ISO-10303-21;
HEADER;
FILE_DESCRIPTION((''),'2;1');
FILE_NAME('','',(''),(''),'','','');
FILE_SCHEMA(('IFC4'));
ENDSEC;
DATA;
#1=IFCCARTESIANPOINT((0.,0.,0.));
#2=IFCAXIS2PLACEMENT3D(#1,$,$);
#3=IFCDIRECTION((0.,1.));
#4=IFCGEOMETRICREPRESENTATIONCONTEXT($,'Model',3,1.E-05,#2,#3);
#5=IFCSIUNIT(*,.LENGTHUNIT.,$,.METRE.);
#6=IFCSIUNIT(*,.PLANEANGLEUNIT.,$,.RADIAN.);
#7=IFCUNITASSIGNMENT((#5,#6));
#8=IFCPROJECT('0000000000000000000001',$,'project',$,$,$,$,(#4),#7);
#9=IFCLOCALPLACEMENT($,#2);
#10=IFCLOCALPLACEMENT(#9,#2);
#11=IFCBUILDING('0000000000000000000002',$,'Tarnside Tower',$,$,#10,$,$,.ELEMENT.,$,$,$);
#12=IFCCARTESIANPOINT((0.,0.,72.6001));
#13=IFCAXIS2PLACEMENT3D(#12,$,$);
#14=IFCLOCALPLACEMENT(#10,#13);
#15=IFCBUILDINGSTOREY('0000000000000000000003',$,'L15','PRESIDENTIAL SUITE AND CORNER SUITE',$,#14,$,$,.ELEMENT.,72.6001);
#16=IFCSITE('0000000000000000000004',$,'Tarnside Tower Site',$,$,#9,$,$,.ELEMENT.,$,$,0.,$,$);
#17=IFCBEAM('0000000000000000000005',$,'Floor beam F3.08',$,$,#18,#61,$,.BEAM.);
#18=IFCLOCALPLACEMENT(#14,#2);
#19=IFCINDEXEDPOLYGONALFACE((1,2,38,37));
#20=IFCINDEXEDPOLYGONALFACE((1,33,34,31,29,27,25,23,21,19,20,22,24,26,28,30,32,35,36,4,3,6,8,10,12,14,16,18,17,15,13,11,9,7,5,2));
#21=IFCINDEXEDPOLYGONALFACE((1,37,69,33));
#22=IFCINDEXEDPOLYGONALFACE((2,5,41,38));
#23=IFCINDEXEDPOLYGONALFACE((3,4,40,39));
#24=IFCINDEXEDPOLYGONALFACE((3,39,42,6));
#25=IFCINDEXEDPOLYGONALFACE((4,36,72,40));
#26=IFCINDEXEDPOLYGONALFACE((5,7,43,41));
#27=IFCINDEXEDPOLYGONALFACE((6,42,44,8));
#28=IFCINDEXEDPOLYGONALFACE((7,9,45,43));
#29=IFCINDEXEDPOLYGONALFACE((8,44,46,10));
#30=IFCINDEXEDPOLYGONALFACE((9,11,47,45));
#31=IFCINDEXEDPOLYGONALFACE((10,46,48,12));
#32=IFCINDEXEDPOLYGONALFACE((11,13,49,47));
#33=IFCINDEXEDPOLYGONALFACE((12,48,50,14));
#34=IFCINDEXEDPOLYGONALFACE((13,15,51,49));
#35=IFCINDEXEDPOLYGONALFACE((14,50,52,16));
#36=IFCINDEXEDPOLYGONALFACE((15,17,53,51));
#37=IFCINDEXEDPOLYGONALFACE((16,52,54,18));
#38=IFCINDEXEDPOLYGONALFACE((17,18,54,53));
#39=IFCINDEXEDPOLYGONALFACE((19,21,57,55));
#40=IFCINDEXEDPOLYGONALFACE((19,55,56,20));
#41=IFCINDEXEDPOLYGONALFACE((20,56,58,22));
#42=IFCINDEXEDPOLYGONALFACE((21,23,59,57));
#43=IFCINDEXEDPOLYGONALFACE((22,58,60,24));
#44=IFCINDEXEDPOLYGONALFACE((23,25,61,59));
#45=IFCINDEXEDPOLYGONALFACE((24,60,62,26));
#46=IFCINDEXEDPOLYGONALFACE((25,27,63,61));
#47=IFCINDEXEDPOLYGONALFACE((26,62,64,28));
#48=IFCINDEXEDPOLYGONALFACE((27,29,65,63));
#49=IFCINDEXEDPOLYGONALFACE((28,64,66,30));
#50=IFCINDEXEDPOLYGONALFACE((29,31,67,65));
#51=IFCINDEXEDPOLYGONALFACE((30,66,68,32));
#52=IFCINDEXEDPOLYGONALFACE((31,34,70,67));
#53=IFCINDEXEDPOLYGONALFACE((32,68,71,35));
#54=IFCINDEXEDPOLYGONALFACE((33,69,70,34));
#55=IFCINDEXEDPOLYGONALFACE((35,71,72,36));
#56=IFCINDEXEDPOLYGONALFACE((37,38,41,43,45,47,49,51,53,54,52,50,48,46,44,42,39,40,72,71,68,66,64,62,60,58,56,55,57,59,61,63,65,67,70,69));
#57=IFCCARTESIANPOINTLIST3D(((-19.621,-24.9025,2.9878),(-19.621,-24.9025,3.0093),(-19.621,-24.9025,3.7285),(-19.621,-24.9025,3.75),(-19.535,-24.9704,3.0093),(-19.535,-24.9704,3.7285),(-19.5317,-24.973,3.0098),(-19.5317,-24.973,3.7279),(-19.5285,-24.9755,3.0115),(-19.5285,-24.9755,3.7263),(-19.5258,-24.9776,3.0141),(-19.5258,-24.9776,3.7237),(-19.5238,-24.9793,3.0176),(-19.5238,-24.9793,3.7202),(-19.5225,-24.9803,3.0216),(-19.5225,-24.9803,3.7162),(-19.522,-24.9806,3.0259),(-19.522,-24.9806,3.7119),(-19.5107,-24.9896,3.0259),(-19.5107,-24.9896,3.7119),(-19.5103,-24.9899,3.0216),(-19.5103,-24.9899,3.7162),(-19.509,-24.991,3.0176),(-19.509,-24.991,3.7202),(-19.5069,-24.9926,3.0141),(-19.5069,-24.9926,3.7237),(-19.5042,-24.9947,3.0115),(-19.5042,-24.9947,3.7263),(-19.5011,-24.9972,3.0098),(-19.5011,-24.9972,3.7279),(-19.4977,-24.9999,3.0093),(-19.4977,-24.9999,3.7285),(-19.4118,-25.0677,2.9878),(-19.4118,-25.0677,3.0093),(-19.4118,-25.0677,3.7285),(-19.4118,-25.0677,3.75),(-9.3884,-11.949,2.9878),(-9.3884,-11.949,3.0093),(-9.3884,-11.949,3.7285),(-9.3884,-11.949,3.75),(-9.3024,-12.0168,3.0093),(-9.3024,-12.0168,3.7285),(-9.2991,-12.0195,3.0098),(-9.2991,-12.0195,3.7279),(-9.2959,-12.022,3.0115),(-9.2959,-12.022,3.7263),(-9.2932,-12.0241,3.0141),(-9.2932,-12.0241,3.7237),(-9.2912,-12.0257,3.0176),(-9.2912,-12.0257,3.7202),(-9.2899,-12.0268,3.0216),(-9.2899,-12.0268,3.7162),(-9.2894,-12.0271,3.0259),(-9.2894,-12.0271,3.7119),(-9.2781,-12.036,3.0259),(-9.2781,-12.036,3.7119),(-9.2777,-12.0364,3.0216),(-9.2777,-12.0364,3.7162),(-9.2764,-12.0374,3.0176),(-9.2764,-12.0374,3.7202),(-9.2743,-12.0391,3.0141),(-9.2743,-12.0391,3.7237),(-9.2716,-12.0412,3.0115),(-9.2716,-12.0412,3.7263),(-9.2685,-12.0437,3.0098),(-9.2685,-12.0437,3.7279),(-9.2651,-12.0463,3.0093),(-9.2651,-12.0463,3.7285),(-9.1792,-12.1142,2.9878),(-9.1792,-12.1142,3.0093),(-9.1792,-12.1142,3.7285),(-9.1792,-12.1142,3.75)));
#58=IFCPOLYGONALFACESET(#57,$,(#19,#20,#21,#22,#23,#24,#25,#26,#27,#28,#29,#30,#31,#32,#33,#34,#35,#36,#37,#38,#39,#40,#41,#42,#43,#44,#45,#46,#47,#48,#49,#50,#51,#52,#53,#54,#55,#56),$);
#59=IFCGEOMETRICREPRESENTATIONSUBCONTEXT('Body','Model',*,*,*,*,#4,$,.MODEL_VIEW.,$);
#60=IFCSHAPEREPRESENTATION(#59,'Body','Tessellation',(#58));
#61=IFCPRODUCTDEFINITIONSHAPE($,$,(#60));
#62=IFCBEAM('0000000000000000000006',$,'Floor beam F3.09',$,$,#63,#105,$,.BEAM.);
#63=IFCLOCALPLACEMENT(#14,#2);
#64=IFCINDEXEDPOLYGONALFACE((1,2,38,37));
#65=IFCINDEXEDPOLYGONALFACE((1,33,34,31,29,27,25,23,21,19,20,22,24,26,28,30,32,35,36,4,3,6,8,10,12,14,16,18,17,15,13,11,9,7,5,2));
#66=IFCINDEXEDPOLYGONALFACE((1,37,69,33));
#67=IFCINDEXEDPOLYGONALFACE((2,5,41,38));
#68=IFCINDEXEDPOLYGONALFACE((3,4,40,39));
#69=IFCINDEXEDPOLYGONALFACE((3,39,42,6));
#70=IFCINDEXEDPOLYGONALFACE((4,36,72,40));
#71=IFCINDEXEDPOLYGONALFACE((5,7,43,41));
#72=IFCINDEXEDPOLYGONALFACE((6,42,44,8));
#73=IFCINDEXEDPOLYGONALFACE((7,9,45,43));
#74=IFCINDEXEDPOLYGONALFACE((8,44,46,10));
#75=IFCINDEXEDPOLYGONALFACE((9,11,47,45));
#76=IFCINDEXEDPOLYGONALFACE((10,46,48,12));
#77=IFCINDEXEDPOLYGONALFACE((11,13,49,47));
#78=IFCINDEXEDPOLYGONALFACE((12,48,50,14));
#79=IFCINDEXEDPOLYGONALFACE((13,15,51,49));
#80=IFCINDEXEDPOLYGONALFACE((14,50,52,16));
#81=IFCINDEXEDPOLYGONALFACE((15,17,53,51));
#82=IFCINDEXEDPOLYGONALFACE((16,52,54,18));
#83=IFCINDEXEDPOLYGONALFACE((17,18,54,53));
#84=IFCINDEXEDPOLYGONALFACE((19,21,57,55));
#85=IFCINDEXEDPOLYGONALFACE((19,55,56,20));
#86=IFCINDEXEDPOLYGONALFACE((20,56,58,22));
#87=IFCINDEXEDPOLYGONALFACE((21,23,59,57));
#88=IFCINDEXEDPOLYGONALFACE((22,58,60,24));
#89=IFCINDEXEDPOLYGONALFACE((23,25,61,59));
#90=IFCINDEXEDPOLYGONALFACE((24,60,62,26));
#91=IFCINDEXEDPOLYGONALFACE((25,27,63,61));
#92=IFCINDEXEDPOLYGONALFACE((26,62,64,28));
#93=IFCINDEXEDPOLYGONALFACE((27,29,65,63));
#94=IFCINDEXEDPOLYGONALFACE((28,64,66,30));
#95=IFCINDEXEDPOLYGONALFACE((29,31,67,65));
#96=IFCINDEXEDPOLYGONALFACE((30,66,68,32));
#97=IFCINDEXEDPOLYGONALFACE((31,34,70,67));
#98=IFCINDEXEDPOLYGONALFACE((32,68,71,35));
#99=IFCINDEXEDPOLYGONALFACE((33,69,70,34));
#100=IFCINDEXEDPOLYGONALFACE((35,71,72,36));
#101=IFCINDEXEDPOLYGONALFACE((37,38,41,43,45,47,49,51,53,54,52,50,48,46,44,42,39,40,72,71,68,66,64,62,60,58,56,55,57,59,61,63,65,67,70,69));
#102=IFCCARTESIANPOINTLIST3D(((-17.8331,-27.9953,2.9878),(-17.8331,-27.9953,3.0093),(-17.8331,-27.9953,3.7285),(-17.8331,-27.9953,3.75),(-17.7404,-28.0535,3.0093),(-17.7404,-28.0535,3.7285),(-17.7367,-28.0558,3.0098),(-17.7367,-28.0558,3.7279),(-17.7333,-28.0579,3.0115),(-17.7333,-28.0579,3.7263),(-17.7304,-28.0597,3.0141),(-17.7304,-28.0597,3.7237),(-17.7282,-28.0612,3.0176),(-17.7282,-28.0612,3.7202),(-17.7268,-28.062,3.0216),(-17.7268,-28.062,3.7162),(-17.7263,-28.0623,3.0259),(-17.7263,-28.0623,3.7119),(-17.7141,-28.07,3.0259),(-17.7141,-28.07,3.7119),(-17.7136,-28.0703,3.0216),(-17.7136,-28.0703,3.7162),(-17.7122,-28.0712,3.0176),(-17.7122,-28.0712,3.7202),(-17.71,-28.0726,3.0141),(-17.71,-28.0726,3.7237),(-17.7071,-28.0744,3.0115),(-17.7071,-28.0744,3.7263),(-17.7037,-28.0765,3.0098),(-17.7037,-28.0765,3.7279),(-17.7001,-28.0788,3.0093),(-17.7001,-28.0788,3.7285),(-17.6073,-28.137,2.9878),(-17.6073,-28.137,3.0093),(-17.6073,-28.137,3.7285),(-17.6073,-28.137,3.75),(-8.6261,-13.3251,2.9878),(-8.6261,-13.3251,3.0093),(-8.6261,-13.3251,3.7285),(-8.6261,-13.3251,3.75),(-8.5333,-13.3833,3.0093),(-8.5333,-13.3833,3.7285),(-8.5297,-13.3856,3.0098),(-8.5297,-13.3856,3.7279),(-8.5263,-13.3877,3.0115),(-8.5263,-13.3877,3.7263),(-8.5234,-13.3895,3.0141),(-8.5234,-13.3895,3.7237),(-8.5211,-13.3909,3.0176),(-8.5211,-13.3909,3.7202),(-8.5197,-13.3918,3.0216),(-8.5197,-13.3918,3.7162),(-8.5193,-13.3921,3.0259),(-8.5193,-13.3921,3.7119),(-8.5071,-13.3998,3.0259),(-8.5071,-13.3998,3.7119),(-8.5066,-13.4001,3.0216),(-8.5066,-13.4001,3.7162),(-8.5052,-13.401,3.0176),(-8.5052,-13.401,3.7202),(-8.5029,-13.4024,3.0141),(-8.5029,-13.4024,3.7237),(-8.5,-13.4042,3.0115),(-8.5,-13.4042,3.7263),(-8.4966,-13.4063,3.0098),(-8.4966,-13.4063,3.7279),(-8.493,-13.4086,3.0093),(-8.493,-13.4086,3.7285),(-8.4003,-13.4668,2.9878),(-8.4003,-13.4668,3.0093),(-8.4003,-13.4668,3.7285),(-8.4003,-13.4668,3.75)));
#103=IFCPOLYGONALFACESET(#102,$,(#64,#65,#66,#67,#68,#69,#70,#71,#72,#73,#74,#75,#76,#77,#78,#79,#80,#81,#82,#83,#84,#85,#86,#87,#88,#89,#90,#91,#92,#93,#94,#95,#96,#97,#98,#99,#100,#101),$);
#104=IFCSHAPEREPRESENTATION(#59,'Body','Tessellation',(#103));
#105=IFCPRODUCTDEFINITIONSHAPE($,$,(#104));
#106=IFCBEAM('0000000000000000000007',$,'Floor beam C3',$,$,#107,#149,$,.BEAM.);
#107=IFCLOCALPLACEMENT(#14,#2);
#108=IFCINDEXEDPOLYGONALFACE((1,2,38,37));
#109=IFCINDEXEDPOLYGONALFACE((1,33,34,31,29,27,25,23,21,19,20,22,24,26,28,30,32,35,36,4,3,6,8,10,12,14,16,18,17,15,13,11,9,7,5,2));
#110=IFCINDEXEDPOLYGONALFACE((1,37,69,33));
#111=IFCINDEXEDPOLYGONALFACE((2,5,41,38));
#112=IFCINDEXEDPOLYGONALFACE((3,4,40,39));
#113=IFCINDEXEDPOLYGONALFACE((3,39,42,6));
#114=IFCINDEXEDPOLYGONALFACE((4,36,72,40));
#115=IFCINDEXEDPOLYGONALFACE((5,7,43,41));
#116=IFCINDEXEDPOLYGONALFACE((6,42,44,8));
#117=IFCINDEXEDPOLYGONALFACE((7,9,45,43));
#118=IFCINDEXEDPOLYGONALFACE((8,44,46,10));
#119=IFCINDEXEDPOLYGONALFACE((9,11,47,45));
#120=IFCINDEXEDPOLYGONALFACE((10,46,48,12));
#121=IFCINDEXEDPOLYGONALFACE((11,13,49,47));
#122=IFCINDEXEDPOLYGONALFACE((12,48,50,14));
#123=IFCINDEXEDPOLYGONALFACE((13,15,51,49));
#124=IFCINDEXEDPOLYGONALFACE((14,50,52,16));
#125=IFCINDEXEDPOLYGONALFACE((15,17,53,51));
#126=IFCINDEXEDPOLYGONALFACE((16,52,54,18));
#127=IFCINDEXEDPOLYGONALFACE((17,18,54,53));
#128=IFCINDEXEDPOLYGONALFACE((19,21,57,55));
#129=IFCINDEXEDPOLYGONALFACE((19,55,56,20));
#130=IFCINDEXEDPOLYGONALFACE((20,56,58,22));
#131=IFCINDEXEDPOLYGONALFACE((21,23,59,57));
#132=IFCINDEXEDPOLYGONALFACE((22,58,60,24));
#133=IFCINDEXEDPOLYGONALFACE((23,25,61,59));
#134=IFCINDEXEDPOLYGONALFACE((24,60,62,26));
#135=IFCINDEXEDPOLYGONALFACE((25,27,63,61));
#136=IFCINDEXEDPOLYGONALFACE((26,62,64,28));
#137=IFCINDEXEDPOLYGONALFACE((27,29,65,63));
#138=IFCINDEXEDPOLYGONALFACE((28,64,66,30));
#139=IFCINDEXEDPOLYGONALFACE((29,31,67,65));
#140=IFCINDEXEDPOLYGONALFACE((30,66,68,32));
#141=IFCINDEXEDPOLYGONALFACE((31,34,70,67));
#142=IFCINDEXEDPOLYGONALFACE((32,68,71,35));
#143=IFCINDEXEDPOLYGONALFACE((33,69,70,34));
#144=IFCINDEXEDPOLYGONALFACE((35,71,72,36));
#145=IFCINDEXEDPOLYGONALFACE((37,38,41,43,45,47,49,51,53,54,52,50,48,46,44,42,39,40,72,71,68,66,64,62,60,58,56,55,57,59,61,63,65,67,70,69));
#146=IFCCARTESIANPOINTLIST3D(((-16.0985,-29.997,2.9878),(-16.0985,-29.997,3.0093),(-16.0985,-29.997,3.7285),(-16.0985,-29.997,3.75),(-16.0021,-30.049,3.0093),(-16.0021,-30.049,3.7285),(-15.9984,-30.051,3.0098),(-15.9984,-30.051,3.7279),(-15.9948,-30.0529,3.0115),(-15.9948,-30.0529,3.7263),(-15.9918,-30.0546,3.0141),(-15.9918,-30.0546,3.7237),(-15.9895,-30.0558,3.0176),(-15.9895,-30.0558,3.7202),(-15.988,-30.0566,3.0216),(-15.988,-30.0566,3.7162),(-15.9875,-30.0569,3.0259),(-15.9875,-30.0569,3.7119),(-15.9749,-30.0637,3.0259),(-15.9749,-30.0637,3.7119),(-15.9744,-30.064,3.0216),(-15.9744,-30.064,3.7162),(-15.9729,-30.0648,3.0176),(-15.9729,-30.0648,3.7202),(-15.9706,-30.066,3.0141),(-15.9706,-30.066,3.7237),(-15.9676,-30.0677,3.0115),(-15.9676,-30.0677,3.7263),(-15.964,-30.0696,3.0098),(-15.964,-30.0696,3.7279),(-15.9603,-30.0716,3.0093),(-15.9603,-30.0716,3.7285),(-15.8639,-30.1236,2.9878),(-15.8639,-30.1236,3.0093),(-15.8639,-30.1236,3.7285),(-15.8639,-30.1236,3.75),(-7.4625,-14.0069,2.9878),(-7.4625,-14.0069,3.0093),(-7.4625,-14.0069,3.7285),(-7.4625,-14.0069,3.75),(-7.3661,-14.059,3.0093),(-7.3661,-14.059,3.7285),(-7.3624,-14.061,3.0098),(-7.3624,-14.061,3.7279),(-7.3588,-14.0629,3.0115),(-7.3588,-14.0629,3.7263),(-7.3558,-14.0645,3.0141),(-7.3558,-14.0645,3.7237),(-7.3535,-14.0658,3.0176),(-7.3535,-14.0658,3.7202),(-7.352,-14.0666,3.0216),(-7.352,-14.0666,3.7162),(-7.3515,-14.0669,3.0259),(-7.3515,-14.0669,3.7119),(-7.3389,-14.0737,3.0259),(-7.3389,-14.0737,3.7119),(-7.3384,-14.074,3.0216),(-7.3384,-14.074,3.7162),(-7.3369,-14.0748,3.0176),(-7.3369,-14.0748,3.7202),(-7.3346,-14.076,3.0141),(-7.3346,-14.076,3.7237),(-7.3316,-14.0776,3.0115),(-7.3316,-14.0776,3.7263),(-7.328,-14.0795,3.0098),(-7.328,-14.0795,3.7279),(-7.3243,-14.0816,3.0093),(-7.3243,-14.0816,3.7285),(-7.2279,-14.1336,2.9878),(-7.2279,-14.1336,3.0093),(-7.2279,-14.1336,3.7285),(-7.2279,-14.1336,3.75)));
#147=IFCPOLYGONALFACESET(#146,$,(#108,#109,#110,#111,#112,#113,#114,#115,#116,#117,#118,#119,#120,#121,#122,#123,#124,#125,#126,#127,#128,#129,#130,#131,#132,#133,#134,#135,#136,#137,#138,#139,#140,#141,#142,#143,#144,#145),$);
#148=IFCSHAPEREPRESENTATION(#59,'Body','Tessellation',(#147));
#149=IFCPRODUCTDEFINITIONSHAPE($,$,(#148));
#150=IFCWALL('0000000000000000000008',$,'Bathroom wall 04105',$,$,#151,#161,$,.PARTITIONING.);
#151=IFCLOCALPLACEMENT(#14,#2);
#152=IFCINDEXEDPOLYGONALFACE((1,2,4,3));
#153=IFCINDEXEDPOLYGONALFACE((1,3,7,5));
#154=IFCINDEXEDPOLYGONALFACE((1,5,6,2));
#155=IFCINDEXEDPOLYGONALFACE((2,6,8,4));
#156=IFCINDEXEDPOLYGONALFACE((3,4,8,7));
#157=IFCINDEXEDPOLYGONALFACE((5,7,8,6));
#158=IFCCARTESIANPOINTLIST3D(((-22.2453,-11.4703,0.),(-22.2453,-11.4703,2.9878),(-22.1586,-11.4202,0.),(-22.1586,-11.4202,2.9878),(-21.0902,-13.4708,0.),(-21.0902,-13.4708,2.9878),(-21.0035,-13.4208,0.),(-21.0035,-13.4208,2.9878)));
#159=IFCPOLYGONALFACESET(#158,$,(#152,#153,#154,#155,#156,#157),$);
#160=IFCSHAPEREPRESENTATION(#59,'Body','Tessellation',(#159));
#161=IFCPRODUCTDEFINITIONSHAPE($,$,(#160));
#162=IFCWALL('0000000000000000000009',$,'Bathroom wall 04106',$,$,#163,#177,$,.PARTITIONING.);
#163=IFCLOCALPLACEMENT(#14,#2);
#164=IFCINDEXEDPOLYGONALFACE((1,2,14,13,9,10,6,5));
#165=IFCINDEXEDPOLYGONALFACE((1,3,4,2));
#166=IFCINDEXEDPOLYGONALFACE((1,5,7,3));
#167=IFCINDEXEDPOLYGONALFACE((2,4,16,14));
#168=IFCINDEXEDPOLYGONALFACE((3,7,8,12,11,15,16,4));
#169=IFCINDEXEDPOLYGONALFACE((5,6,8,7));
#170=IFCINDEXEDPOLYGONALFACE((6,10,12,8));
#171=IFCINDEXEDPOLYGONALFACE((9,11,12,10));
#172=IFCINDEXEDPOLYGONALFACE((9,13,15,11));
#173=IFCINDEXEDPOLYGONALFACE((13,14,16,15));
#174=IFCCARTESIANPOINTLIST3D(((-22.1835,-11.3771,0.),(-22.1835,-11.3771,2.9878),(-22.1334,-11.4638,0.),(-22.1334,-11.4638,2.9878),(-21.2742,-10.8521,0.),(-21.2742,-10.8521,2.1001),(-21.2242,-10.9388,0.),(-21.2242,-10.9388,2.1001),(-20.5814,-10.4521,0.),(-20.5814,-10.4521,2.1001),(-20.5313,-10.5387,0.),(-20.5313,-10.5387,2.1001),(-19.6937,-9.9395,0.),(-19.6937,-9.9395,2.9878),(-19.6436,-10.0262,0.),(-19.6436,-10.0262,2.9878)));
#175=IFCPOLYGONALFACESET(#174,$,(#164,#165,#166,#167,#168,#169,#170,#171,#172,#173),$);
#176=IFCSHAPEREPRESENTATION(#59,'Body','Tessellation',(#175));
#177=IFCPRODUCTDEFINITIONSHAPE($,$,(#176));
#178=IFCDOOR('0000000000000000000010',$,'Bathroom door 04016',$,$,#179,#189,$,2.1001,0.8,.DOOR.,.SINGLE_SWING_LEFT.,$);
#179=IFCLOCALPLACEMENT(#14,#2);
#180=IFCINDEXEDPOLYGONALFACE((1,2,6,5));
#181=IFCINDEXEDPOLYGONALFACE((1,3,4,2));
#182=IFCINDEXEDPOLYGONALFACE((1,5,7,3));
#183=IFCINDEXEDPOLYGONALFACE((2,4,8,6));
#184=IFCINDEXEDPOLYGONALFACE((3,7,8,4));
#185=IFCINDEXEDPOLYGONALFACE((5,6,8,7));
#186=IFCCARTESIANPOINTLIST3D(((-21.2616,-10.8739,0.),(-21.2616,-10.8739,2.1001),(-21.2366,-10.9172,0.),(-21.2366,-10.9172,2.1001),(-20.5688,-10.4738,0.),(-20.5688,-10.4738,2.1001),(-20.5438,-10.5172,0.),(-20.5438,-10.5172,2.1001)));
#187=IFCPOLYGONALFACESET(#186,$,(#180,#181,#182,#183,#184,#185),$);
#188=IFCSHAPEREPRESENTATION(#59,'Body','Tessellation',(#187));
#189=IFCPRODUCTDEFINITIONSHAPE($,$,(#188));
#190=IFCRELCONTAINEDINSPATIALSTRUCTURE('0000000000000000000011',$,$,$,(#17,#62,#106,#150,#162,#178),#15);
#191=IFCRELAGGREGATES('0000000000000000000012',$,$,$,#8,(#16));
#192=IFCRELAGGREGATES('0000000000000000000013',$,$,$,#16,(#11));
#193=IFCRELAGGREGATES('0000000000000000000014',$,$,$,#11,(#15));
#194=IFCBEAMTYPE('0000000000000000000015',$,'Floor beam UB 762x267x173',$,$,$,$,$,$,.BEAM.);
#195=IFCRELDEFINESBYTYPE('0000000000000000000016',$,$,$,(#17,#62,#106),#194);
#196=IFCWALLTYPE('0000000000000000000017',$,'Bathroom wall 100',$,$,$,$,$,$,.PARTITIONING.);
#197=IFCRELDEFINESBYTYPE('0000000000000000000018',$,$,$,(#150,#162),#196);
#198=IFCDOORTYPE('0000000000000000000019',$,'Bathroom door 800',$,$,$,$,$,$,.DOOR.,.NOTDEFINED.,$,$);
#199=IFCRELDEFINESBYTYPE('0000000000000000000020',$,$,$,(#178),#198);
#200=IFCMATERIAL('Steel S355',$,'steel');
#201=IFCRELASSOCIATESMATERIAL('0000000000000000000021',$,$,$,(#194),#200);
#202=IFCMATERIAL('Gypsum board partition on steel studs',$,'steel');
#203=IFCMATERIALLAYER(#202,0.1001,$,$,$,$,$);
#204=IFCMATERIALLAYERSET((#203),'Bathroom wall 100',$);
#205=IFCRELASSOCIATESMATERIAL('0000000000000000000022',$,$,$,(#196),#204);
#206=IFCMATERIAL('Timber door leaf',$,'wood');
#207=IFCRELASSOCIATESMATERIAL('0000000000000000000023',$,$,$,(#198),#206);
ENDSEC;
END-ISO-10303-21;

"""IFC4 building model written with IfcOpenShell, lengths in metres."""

from ifc_helpers import new_model, si_unit, direction, frame, frame_2d, origin, origin_2d, place, context, subcontext, project, spatial, rectangle, i_section, extrude, material, layer, layer_set, material_profile, profile_set, type_object, element, fill, save


model = new_model("IFC4")

# Units and contexts
model_context = context("Model", 3, precision=1e-05, world=origin(), true_north=direction((0.0, 1.0)))
body_context = subcontext(model_context, "Body", "Model", "MODEL_VIEW")
ifc_project = project(units=[si_unit("LENGTHUNIT", "METRE"), si_unit("PLANEANGLEUNIT", "RADIAN")], contexts=[model_context])

# Site, building, storey
site_placement = place(None, origin())
site = spatial("IfcSite", under=ifc_project, at=site_placement, Name="Tarnside Tower Site", CompositionType="ELEMENT", RefElevation=0.0)
building_placement = place(site_placement, origin())
building = spatial("IfcBuilding", under=site, at=building_placement, Name="Tarnside Tower", CompositionType="ELEMENT")
storey_placement = place(building_placement, frame((0.0, 0.0, 72.6001)))
storey = spatial("IfcBuildingStorey", under=building, at=storey_placement, Name="L15", Description="PRESIDENTIAL SUITE AND CORNER SUITE", CompositionType="ELEMENT", Elevation=72.6001)

# Beams
ifc_material_1 = material(Name="Steel S355", Category="steel")
ifc_material_profile_1 = material_profile(ifc_material_1, i_section(OverallWidth=0.2666, OverallDepth=0.7622, WebThickness=0.0144, FlangeThickness=0.0215, FilletRadius=0.0166, at=origin_2d()), Name="UB 762x267x173")
ifc_profile_set_1 = profile_set([ifc_material_profile_1], Name="Steel S355")
beam_type_1 = type_object("IfcBeamType", Name="Floor beam UB 762x267x173", PredefinedType="BEAM", material=ifc_profile_set_1)
beam_1_placement = place(storey_placement, frame((-19.5164, -24.9851, 3.3689), z_axis=(0.619873, 0.784702, 0.0), x_axis=(-0.784702, 0.619873, 0.0)))
element("IfcBeam", 1, at=beam_1_placement, inside=storey, type_object=beam_type_1, Name="Floor beam F3.08", PredefinedType="BEAM", context=body_context, shape_type="SweptSolid", body=[
    extrude(i_section(OverallWidth=0.2666, OverallDepth=0.7622, WebThickness=0.0144, FlangeThickness=0.0215, FilletRadius=0.0166, at=origin_2d()), origin(), (0.0, 0.0, 1.0), 16.5076),
])
beam_2_placement = place(storey_placement, frame((-17.7202, -28.0662, 3.3689), z_axis=(0.531583, 0.847006, 0.0), x_axis=(-0.847006, 0.531583, 0.0)))
element("IfcBeam", 2, at=beam_2_placement, inside=storey, type_object=beam_type_1, Name="Floor beam F3.09", PredefinedType="BEAM", context=body_context, shape_type="SweptSolid", body=[
    extrude(i_section(OverallWidth=0.2666, OverallDepth=0.7622, WebThickness=0.0144, FlangeThickness=0.0215, FilletRadius=0.0166, at=origin_2d()), origin(), (0.0, 0.0, 1.0), 17.3201),
])
beam_3_placement = place(storey_placement, frame((-15.9812, -30.0603, 3.3689), z_axis=(0.475208, 0.879873, 0.0), x_axis=(-0.879873, 0.475208, 0.0)))
element("IfcBeam", 3, at=beam_3_placement, inside=storey, type_object=beam_type_1, Name="Floor beam C3", PredefinedType="BEAM", context=body_context, shape_type="SweptSolid", body=[
    extrude(i_section(OverallWidth=0.2666, OverallDepth=0.7622, WebThickness=0.0144, FlangeThickness=0.0215, FilletRadius=0.0166, at=origin_2d()), origin(), (0.0, 0.0, 1.0), 18.1731),
])

# Wall
ifc_material_2 = material(Name="Gypsum board partition on steel studs", Category="steel")
ifc_layer_1 = layer(ifc_material_2, 0.1001)
ifc_layer_set_1 = layer_set([ifc_layer_1], Name="Bathroom wall 100")
wall_type_1 = type_object("IfcWallType", Name="Bathroom wall 100", PredefinedType="PARTITIONING", material=ifc_layer_set_1)
wall_1_placement = place(storey_placement, frame((-21.0469, -13.4458, 0.0), z_axis=(0.0, 0.0, 1.0), x_axis=(-0.500015, 0.866017, 0.0)))
element("IfcWall", 4, at=wall_1_placement, inside=storey, type_object=wall_type_1, Name="Bathroom wall 04105", PredefinedType="PARTITIONING", context=body_context, shape_type="SweptSolid", body=[
    extrude(rectangle(XDim=2.3101, YDim=0.1001, at=frame_2d((1.155, 0.0))), origin(), (0.0, 0.0, 1.0), 2.9878),
])

# Wall, opening, door
wall_2_placement = place(storey_placement, frame((-22.1584, -11.4204, 0.0), z_axis=(0.0, 0.0, 1.0), x_axis=(0.866019, 0.500012, 0.0)))
wall_2 = element("IfcWall", 5, at=wall_2_placement, inside=storey, type_object=wall_type_1, Name="Bathroom wall 04106", PredefinedType="PARTITIONING", context=body_context, shape_type="SweptSolid", body=[
    extrude(rectangle(XDim=2.875, YDim=0.1001, at=frame_2d((1.4375, 0.0))), origin(), (0.0, 0.0, 1.0), 2.9878),
])
opening_1_placement = place(wall_2_placement, frame((1.05, 0.0, 0.0)))
opening_1 = element("IfcOpeningElement", 6, at=opening_1_placement, cuts=wall_2, PredefinedType="OPENING", context=body_context, shape_type="SweptSolid", body=[
    extrude(rectangle(XDim=0.8, YDim=2.1001, at=frame_2d((0.3999, 1.05))), frame((0.0, 0.0601, 0.0), z_axis=(0.0, -1.0, 0.0), x_axis=(1.0, 0.0, 0.0)), (0.0, 0.0, 1.0), 0.1201),
])
ifc_material_3 = material(Name="Timber door leaf", Category="wood")
door_type_1 = type_object("IfcDoorType", Name="Bathroom door 800", OperationType="NOTDEFINED", PredefinedType="DOOR", material=ifc_material_3)
door_1_placement = place(opening_1_placement, origin())
door_1 = element("IfcDoor", 7, at=door_1_placement, inside=storey, type_object=door_type_1, Name="Bathroom door 04016", OperationType="SINGLE_SWING_LEFT", OverallHeight=2.1001, OverallWidth=0.8, PredefinedType="DOOR", context=body_context, shape_type="SweptSolid", body=[
    extrude(rectangle(XDim=0.8, YDim=2.1001, at=frame_2d((0.3999, 1.05))), frame((0.0, 0.0249, 0.0), z_axis=(0.0, -1.0, 0.0), x_axis=(1.0, 0.0, 0.0)), (0.0, 0.0, 1.0), 0.05),
])
fill(opening_1, door_1)

save(model, "model.ifc")
